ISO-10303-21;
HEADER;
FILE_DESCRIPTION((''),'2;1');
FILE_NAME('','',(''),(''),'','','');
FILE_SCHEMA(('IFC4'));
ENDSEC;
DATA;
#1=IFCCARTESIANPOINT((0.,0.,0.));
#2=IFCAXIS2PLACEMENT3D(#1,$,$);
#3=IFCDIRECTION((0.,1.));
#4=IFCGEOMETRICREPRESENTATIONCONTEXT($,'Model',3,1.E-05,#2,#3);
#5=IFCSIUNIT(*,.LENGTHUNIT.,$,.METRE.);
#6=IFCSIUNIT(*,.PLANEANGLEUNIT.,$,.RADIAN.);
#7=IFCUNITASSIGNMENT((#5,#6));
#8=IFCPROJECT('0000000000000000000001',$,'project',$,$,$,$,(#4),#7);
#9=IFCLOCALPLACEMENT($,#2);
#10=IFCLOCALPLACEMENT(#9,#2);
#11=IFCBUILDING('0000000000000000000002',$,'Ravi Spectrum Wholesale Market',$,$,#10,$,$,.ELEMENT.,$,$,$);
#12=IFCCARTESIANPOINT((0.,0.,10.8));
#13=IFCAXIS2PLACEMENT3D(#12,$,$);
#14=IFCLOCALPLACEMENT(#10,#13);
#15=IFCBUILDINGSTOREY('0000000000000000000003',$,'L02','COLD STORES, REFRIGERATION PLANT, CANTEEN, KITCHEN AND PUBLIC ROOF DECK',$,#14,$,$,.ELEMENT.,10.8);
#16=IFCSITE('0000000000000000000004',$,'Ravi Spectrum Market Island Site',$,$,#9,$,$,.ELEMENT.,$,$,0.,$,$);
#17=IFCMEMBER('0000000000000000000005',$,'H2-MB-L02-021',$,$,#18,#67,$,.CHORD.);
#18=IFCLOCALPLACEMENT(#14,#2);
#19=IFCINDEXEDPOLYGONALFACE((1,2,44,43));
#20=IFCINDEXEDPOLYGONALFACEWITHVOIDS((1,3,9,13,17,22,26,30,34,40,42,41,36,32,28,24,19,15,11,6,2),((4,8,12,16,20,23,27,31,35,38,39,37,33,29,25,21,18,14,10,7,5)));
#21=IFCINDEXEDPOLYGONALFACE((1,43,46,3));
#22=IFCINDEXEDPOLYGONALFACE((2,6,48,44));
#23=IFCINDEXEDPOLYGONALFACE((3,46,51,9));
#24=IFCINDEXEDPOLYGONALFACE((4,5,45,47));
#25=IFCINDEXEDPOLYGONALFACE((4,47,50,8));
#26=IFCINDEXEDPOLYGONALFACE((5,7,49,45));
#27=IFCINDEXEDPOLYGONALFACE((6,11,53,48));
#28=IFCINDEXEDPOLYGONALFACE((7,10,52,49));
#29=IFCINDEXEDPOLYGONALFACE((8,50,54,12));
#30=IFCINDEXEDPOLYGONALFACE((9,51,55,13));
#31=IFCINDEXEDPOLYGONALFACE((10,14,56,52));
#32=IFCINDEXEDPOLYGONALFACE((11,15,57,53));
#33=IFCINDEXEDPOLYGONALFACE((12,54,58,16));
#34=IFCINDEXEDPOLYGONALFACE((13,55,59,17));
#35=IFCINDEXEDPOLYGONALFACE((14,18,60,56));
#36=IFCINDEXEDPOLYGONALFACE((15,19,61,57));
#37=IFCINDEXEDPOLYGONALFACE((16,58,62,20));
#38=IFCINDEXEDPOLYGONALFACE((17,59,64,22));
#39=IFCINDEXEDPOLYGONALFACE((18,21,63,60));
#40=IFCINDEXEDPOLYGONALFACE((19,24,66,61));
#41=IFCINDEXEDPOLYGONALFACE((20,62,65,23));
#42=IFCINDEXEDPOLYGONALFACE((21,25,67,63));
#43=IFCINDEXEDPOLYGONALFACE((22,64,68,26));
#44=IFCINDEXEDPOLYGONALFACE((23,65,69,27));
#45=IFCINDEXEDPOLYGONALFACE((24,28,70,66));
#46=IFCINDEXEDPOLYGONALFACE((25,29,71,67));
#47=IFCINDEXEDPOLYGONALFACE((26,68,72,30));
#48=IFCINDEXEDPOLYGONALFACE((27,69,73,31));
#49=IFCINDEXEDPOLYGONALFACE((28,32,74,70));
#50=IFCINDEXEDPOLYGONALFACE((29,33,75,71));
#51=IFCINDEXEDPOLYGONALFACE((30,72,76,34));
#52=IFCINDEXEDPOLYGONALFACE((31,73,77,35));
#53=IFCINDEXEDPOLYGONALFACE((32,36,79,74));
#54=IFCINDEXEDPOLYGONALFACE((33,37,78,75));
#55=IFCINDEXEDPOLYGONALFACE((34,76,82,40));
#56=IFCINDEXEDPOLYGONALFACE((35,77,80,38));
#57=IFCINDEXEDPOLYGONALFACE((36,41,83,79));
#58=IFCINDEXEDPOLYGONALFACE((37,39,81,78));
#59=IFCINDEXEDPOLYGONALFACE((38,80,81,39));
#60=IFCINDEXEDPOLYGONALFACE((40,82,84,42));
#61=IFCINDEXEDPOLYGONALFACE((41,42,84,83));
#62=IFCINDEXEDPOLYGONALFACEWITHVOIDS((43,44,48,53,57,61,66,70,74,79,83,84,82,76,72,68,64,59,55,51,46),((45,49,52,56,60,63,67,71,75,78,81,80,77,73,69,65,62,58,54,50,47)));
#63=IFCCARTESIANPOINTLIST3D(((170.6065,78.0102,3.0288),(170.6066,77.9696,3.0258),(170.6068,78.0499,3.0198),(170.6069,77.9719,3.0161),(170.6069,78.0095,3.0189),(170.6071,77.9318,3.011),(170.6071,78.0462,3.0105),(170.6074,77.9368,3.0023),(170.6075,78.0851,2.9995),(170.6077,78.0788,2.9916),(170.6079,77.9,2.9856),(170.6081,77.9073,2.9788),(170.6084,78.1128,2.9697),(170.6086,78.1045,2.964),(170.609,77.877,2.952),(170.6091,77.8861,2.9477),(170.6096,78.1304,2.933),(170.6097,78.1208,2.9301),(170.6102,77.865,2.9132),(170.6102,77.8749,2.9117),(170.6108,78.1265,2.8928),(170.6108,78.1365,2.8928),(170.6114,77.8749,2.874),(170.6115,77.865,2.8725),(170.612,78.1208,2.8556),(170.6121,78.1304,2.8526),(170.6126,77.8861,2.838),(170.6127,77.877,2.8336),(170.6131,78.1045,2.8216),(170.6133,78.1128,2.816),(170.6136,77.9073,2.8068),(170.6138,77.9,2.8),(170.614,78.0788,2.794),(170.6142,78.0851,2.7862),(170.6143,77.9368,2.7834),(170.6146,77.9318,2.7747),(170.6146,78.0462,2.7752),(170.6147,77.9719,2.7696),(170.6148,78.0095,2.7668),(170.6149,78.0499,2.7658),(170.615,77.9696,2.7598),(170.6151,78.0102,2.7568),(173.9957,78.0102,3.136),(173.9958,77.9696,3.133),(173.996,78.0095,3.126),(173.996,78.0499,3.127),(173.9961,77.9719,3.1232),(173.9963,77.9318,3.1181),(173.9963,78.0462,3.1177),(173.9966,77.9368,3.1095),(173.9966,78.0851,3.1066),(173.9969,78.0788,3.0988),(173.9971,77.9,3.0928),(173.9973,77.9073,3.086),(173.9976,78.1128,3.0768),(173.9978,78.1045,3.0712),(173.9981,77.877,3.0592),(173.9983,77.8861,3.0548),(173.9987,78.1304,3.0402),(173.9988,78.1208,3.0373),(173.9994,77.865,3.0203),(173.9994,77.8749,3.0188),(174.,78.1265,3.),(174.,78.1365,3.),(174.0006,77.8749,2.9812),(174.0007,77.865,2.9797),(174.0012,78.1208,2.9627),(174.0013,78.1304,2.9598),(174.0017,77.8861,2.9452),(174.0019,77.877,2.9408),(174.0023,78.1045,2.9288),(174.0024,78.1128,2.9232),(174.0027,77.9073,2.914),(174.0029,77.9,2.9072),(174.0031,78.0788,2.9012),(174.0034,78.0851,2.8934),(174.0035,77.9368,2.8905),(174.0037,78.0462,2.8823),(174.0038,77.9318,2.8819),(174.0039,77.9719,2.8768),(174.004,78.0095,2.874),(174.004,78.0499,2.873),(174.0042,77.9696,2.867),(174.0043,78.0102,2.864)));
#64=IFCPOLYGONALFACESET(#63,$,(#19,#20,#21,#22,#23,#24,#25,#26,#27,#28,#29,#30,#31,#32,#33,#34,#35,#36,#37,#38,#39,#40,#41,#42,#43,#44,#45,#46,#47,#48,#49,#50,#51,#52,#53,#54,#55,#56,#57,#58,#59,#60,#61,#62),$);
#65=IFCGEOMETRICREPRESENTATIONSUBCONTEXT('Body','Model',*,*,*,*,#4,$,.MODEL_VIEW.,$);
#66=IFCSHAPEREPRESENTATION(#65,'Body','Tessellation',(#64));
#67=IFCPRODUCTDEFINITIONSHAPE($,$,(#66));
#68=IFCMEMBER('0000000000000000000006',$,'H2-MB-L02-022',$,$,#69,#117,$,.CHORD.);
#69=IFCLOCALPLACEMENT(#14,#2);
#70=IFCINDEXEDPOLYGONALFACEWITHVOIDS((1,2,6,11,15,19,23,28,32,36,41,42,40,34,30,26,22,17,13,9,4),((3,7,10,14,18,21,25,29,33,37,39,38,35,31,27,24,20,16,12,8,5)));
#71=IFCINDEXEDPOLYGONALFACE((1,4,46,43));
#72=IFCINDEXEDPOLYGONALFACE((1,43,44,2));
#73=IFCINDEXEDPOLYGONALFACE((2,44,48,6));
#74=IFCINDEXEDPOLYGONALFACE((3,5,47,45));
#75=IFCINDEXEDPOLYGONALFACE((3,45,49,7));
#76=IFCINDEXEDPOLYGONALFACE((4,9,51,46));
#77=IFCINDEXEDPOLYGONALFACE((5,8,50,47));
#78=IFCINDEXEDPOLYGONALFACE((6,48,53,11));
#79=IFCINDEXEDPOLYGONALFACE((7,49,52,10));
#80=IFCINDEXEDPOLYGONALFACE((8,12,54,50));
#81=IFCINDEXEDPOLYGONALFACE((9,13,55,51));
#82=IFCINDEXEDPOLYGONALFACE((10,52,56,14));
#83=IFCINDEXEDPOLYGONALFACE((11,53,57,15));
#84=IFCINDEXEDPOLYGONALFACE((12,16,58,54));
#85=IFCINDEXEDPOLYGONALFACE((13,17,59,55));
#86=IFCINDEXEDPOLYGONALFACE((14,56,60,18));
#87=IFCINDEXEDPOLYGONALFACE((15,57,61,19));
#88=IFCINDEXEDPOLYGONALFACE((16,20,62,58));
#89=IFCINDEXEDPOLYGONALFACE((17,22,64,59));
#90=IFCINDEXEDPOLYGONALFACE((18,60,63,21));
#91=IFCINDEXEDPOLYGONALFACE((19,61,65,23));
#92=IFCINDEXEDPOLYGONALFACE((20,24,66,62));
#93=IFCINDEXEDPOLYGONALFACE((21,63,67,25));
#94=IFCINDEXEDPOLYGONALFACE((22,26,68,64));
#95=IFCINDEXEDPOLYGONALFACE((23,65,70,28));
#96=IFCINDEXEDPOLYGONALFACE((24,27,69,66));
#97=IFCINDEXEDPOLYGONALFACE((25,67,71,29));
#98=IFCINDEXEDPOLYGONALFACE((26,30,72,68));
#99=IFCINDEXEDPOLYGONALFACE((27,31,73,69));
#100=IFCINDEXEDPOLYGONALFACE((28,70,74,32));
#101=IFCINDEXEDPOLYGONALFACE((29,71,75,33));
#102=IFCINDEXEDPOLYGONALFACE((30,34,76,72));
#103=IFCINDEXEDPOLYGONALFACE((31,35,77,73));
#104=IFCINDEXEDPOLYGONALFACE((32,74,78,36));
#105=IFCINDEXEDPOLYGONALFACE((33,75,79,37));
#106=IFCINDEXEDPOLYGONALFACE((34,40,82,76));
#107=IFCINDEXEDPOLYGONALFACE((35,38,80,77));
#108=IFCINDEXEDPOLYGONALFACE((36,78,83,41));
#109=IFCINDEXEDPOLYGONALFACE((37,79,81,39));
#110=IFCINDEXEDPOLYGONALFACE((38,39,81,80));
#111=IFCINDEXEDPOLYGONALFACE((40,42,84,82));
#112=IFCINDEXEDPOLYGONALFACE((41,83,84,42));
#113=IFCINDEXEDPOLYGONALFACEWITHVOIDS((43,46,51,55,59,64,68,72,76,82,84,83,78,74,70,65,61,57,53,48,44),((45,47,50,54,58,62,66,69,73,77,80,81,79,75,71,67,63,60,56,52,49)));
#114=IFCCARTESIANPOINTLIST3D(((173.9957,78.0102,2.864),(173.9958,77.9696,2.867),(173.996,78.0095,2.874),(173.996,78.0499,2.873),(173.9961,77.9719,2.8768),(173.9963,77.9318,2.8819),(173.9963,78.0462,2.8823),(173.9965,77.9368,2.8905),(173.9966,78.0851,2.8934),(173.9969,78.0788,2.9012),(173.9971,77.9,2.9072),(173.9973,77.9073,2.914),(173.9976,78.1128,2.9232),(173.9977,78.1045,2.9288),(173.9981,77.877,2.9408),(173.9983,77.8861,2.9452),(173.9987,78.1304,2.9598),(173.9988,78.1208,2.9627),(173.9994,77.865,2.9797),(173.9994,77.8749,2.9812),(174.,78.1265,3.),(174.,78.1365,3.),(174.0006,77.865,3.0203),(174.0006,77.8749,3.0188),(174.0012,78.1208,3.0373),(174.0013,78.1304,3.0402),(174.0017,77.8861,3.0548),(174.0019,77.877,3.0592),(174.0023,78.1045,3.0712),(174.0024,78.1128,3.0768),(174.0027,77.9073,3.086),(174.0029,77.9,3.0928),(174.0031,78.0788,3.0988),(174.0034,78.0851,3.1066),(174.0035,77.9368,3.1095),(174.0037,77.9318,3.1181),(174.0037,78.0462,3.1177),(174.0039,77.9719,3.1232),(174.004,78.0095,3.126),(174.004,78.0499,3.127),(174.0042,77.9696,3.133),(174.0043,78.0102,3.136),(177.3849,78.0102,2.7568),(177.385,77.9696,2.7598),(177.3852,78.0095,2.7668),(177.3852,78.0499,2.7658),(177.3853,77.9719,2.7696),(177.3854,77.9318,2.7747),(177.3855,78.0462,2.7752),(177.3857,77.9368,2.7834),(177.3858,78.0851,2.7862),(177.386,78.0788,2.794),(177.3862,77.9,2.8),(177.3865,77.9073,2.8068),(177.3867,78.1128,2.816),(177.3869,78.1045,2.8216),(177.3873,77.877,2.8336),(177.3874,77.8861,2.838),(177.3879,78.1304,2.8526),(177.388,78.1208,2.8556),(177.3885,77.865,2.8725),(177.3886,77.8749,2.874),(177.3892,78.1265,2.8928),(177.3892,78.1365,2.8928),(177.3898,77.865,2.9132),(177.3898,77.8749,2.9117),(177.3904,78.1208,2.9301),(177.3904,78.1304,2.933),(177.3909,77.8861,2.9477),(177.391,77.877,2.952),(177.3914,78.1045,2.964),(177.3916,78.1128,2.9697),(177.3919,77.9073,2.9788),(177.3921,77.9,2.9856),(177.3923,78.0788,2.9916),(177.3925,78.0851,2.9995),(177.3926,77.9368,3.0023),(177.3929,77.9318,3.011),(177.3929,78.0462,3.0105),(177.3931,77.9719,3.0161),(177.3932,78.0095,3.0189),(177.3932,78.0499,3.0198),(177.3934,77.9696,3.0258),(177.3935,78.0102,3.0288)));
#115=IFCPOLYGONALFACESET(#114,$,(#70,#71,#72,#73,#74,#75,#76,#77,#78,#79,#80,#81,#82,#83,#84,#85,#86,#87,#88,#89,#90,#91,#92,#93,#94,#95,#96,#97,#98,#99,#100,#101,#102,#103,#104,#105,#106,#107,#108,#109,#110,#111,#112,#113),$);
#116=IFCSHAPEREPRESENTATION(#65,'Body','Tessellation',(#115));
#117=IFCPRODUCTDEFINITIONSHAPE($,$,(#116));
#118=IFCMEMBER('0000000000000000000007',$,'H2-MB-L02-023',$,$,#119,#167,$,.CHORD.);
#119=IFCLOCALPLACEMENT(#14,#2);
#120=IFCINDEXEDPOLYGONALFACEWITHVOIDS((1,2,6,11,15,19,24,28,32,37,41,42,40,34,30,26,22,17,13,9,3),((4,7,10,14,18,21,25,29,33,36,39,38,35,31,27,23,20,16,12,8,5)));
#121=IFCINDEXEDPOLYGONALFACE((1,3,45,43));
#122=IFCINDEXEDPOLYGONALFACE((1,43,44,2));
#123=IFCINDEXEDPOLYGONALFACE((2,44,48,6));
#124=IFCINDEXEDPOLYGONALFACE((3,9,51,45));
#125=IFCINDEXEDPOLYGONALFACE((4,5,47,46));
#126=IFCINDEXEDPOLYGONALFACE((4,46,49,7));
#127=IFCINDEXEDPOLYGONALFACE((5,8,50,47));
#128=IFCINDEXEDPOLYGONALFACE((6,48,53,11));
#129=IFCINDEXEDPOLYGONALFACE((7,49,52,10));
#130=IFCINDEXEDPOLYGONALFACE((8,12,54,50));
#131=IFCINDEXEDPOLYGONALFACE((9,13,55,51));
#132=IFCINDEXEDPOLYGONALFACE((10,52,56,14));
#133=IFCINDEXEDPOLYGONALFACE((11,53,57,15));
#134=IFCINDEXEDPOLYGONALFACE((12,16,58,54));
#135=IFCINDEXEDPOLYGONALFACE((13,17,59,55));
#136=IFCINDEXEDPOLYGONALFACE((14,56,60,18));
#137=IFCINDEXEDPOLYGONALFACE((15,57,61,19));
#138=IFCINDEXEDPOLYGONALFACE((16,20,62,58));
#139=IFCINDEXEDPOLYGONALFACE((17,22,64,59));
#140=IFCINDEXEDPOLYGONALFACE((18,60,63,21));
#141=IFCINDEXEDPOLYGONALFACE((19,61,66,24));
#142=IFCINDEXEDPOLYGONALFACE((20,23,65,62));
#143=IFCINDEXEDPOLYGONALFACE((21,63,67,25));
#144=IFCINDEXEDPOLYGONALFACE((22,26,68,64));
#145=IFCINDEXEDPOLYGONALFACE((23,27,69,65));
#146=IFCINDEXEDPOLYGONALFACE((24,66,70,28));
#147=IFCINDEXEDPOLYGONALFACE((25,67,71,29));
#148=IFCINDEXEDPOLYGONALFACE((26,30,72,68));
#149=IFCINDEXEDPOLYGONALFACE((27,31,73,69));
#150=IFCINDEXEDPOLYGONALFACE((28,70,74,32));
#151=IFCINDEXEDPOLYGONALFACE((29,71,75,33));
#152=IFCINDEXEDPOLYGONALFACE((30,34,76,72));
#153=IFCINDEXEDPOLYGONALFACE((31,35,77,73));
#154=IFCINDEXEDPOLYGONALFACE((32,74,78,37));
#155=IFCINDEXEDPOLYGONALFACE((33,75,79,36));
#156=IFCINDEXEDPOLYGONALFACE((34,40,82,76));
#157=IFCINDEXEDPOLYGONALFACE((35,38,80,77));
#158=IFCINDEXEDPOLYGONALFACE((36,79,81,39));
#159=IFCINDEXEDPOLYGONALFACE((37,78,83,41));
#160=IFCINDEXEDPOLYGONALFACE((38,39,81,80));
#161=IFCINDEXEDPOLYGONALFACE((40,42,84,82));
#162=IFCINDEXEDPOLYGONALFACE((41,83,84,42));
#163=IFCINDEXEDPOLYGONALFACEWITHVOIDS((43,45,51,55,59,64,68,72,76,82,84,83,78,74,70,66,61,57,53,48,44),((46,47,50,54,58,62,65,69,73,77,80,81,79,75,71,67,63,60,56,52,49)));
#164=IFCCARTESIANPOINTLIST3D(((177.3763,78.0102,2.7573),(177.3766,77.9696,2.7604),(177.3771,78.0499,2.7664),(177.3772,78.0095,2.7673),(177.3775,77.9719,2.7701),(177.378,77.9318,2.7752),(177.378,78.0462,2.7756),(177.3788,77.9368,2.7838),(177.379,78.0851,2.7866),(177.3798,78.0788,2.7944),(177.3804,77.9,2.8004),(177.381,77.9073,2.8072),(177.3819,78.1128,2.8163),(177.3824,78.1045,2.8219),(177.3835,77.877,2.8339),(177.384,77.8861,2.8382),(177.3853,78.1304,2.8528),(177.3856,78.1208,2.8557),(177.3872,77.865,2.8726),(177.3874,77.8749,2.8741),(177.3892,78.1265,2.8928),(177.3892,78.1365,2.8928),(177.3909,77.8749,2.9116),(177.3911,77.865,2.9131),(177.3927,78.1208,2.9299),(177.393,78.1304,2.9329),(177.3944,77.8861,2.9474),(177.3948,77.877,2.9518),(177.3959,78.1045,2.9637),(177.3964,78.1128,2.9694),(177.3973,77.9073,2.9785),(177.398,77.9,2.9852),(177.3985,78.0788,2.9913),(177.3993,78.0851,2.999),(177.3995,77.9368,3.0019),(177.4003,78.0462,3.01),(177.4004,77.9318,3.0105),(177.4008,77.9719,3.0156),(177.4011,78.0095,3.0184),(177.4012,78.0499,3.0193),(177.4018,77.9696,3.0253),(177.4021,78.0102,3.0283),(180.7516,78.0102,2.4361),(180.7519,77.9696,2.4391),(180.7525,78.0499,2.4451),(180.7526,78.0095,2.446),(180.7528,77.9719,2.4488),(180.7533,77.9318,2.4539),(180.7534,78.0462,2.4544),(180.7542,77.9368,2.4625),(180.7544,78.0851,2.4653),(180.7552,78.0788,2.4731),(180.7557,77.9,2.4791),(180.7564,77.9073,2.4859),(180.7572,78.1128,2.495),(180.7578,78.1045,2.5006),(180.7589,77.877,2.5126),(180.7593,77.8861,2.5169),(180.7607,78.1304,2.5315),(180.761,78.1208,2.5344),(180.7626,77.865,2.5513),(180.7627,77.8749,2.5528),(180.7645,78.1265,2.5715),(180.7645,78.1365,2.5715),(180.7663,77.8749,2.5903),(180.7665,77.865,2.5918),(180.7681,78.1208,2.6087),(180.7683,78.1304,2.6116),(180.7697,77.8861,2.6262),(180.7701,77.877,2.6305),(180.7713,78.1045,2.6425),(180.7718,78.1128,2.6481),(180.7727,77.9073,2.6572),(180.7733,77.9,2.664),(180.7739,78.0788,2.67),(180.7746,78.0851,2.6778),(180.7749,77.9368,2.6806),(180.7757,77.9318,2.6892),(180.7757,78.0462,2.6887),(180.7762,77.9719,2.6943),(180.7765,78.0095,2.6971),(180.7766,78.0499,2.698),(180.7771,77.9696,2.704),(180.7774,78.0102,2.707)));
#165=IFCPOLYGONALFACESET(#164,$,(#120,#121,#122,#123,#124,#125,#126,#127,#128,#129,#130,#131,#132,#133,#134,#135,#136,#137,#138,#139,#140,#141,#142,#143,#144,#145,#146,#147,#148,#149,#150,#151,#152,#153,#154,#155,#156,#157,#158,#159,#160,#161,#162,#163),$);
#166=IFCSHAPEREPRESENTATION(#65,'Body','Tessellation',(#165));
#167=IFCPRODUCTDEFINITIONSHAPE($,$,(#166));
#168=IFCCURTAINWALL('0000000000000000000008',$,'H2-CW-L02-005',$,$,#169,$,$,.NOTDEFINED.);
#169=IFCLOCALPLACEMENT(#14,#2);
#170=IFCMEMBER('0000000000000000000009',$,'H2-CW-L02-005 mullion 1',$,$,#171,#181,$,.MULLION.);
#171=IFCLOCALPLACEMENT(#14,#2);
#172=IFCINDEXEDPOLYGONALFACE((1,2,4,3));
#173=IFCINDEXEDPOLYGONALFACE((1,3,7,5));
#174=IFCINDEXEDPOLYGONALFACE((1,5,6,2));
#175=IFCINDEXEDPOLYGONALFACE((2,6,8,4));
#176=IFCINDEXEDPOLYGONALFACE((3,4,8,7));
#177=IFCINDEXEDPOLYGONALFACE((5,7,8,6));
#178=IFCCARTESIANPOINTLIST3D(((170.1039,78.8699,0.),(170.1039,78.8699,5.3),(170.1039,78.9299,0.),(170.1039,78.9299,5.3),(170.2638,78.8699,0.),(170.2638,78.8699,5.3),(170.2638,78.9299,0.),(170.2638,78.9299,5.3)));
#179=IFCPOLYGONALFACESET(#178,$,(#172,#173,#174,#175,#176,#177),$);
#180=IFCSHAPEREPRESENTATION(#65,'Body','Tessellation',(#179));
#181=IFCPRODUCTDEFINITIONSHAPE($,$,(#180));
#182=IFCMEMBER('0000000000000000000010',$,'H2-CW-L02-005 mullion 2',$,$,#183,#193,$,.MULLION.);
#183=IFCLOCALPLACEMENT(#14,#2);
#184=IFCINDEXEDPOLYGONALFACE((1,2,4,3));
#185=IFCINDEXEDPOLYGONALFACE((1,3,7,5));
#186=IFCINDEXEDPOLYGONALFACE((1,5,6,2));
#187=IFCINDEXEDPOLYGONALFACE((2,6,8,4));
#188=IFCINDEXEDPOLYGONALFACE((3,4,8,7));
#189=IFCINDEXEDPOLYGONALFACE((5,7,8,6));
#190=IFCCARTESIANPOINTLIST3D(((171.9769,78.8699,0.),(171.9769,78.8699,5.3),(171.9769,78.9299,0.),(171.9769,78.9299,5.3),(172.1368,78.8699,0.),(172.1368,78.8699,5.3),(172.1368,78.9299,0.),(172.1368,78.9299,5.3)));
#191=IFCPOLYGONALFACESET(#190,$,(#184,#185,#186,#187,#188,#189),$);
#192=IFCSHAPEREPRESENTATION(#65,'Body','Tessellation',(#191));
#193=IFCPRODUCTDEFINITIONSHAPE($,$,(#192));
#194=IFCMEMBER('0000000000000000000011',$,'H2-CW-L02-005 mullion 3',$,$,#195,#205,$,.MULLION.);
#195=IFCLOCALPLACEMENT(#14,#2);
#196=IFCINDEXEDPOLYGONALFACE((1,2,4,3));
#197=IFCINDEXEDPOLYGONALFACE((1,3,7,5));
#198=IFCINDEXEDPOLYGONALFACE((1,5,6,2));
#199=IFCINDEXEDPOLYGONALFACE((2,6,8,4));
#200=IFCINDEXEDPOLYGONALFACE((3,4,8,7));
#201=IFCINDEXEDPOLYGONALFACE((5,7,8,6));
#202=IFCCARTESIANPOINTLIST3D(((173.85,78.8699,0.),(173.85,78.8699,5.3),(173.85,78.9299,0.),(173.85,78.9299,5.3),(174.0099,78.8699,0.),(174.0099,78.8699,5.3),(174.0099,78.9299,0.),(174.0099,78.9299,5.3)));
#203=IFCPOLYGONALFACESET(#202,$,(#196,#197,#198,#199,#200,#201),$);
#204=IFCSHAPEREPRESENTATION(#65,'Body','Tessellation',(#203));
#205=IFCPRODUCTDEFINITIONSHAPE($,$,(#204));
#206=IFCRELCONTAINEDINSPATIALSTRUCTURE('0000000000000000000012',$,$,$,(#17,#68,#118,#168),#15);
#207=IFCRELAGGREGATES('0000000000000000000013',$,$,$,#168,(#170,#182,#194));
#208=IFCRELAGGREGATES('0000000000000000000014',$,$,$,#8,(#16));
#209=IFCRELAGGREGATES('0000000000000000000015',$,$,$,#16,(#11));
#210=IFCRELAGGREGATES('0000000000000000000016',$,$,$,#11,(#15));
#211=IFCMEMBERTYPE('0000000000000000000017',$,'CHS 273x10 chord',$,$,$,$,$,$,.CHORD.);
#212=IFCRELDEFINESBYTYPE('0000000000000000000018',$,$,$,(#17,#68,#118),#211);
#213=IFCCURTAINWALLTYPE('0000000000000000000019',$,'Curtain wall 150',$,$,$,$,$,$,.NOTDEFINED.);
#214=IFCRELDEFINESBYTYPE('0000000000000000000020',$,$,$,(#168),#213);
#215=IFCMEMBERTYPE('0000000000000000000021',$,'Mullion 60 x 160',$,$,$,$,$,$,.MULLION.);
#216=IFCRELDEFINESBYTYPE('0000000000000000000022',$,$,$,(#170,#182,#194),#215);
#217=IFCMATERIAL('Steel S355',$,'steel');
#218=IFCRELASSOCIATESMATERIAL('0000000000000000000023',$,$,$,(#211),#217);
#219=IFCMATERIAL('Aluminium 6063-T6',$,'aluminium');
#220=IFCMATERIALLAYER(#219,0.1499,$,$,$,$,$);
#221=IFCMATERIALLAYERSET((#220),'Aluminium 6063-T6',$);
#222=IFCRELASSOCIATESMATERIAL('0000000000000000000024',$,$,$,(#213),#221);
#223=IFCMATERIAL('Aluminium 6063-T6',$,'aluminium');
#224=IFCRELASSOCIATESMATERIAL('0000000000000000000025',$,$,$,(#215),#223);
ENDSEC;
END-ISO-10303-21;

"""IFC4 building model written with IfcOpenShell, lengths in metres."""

from ifc_helpers import new_model, si_unit, direction, frame, origin, origin_2d, place, context, subcontext, project, spatial, rectangle, hollow_circle, extrude, material, layer, layer_set, material_profile, profile_set, type_object, element, aggregate, save


model = new_model("IFC4")

# Units and contexts
model_context = context("Model", 3, precision=1e-05, world=origin(), true_north=direction((0.0, 1.0)))
body_context = subcontext(model_context, "Body", "Model", "MODEL_VIEW")
ifc_project = project(units=[si_unit("LENGTHUNIT", "METRE"), si_unit("PLANEANGLEUNIT", "RADIAN")], contexts=[model_context])

# Site, building, storey
site_placement = place(None, origin())
site = spatial("IfcSite", under=ifc_project, at=site_placement, Name="Ravi Spectrum Market Island Site", CompositionType="ELEMENT", RefElevation=0.0)
building_placement = place(site_placement, origin())
building = spatial("IfcBuilding", under=site, at=building_placement, Name="Ravi Spectrum Wholesale Market", CompositionType="ELEMENT")
storey_placement = place(building_placement, frame((0.0, 0.0, 10.8)))
storey = spatial("IfcBuildingStorey", under=building, at=storey_placement, Name="L02", Description="COLD STORES, REFRIGERATION PLANT, CANTEEN, KITCHEN AND PUBLIC ROOF DECK", CompositionType="ELEMENT", Elevation=10.8)

# Members
ifc_material_1 = material(Name="Steel S355", Category="steel")
ifc_material_profile_1 = material_profile(ifc_material_1, hollow_circle(Radius=0.1365, WallThickness=0.01, at=origin_2d()))
ifc_profile_set_1 = profile_set([ifc_material_profile_1], Name="Steel S355")
member_type_1 = type_object("IfcMemberType", Name="CHS 273x10 chord", PredefinedType="CHORD", material=ifc_profile_set_1)
for number, where, z_axis, x_axis, name in (
    (1, (170.6108, 78.0, 2.8928), (0.9995, 0.0, 0.031608), (0.0, 1.0, 0.0), "H2-MB-L02-021"),
    (2, (174.0, 78.0, 3.0), (0.9995, 0.0, -0.031608), (0.0, 1.0, 0.0), "H2-MB-L02-022"),
):
    element("IfcMember", number, at=place(storey_placement, frame(where, z_axis=z_axis, x_axis=x_axis)), inside=storey, type_object=member_type_1, Name=name, PredefinedType="CHORD", context=body_context, shape_type="SweptSolid", body=[
        extrude(hollow_circle(Radius=0.1365, WallThickness=0.01, at=origin_2d()), origin(), (0.0, 0.0, 1.0), 3.3909),
    ])
member_1_placement = place(storey_placement, frame((177.3892, 78.0, 2.8928), z_axis=(0.995501, 0.0, -0.094755), x_axis=(0.0, 1.0, 0.0)))
element("IfcMember", 3, at=member_1_placement, inside=storey, type_object=member_type_1, Name="H2-MB-L02-023", PredefinedType="CHORD", context=body_context, shape_type="SweptSolid", body=[
    extrude(hollow_circle(Radius=0.1365, WallThickness=0.01, at=origin_2d()), origin(), (0.0, 0.0, 1.0), 3.3906),
])

# Curtain wall, members
ifc_material_2 = material(Name="Aluminium 6063-T6", Category="aluminium")
ifc_layer_1 = layer(ifc_material_2, 0.1499)
ifc_layer_set_1 = layer_set([ifc_layer_1], Name="Aluminium 6063-T6")
curtain_wall_type = type_object("IfcCurtainWallType", Name="Curtain wall 150", PredefinedType="NOTDEFINED", material=ifc_layer_set_1)
curtain_wall_1_placement = place(storey_placement, origin())
curtain_wall_1 = element("IfcCurtainWall", 4, at=curtain_wall_1_placement, inside=storey, type_object=curtain_wall_type, Name="H2-CW-L02-005", PredefinedType="NOTDEFINED")
ifc_material_3 = material(Name="Aluminium 6063-T6", Category="aluminium")
ifc_material_profile_2 = material_profile(ifc_material_3, rectangle(XDim=0.0601, YDim=0.1599, at=origin_2d()))
ifc_profile_set_2 = profile_set([ifc_material_profile_2], Name="Aluminium 6063-T6")
member_type_2 = type_object("IfcMemberType", Name="Mullion 60 x 160", PredefinedType="MULLION", material=ifc_profile_set_2)
member_2_placement = place(storey_placement, frame((170.1838, 78.8999, 0.0), z_axis=(0.0, 0.0, 1.0), x_axis=(0.0, 1.0, 0.0)))
member_2 = element("IfcMember", 5, at=member_2_placement, type_object=member_type_2, Name="H2-CW-L02-005 mullion 1", PredefinedType="MULLION", context=body_context, shape_type="SweptSolid", body=[
    extrude(rectangle(XDim=0.0601, YDim=0.1599, at=origin_2d()), origin(), (0.0, 0.0, 1.0), 5.3),
])
member_3_placement = place(storey_placement, frame((172.0569, 78.8999, 0.0), z_axis=(0.0, 0.0, 1.0), x_axis=(0.0, 1.0, 0.0)))
member_3 = element("IfcMember", 6, at=member_3_placement, type_object=member_type_2, Name="H2-CW-L02-005 mullion 2", PredefinedType="MULLION", context=body_context, shape_type="SweptSolid", body=[
    extrude(rectangle(XDim=0.0601, YDim=0.1599, at=origin_2d()), origin(), (0.0, 0.0, 1.0), 5.3),
])
member_4_placement = place(storey_placement, frame((173.9299, 78.8999, 0.0), z_axis=(0.0, 0.0, 1.0), x_axis=(0.0, 1.0, 0.0)))
member_4 = element("IfcMember", 7, at=member_4_placement, type_object=member_type_2, Name="H2-CW-L02-005 mullion 3", PredefinedType="MULLION", context=body_context, shape_type="SweptSolid", body=[
    extrude(rectangle(XDim=0.0601, YDim=0.1599, at=origin_2d()), origin(), (0.0, 0.0, 1.0), 5.3),
])

aggregate(curtain_wall_1, [member_2, member_3, member_4])

save(model, "model.ifc")
